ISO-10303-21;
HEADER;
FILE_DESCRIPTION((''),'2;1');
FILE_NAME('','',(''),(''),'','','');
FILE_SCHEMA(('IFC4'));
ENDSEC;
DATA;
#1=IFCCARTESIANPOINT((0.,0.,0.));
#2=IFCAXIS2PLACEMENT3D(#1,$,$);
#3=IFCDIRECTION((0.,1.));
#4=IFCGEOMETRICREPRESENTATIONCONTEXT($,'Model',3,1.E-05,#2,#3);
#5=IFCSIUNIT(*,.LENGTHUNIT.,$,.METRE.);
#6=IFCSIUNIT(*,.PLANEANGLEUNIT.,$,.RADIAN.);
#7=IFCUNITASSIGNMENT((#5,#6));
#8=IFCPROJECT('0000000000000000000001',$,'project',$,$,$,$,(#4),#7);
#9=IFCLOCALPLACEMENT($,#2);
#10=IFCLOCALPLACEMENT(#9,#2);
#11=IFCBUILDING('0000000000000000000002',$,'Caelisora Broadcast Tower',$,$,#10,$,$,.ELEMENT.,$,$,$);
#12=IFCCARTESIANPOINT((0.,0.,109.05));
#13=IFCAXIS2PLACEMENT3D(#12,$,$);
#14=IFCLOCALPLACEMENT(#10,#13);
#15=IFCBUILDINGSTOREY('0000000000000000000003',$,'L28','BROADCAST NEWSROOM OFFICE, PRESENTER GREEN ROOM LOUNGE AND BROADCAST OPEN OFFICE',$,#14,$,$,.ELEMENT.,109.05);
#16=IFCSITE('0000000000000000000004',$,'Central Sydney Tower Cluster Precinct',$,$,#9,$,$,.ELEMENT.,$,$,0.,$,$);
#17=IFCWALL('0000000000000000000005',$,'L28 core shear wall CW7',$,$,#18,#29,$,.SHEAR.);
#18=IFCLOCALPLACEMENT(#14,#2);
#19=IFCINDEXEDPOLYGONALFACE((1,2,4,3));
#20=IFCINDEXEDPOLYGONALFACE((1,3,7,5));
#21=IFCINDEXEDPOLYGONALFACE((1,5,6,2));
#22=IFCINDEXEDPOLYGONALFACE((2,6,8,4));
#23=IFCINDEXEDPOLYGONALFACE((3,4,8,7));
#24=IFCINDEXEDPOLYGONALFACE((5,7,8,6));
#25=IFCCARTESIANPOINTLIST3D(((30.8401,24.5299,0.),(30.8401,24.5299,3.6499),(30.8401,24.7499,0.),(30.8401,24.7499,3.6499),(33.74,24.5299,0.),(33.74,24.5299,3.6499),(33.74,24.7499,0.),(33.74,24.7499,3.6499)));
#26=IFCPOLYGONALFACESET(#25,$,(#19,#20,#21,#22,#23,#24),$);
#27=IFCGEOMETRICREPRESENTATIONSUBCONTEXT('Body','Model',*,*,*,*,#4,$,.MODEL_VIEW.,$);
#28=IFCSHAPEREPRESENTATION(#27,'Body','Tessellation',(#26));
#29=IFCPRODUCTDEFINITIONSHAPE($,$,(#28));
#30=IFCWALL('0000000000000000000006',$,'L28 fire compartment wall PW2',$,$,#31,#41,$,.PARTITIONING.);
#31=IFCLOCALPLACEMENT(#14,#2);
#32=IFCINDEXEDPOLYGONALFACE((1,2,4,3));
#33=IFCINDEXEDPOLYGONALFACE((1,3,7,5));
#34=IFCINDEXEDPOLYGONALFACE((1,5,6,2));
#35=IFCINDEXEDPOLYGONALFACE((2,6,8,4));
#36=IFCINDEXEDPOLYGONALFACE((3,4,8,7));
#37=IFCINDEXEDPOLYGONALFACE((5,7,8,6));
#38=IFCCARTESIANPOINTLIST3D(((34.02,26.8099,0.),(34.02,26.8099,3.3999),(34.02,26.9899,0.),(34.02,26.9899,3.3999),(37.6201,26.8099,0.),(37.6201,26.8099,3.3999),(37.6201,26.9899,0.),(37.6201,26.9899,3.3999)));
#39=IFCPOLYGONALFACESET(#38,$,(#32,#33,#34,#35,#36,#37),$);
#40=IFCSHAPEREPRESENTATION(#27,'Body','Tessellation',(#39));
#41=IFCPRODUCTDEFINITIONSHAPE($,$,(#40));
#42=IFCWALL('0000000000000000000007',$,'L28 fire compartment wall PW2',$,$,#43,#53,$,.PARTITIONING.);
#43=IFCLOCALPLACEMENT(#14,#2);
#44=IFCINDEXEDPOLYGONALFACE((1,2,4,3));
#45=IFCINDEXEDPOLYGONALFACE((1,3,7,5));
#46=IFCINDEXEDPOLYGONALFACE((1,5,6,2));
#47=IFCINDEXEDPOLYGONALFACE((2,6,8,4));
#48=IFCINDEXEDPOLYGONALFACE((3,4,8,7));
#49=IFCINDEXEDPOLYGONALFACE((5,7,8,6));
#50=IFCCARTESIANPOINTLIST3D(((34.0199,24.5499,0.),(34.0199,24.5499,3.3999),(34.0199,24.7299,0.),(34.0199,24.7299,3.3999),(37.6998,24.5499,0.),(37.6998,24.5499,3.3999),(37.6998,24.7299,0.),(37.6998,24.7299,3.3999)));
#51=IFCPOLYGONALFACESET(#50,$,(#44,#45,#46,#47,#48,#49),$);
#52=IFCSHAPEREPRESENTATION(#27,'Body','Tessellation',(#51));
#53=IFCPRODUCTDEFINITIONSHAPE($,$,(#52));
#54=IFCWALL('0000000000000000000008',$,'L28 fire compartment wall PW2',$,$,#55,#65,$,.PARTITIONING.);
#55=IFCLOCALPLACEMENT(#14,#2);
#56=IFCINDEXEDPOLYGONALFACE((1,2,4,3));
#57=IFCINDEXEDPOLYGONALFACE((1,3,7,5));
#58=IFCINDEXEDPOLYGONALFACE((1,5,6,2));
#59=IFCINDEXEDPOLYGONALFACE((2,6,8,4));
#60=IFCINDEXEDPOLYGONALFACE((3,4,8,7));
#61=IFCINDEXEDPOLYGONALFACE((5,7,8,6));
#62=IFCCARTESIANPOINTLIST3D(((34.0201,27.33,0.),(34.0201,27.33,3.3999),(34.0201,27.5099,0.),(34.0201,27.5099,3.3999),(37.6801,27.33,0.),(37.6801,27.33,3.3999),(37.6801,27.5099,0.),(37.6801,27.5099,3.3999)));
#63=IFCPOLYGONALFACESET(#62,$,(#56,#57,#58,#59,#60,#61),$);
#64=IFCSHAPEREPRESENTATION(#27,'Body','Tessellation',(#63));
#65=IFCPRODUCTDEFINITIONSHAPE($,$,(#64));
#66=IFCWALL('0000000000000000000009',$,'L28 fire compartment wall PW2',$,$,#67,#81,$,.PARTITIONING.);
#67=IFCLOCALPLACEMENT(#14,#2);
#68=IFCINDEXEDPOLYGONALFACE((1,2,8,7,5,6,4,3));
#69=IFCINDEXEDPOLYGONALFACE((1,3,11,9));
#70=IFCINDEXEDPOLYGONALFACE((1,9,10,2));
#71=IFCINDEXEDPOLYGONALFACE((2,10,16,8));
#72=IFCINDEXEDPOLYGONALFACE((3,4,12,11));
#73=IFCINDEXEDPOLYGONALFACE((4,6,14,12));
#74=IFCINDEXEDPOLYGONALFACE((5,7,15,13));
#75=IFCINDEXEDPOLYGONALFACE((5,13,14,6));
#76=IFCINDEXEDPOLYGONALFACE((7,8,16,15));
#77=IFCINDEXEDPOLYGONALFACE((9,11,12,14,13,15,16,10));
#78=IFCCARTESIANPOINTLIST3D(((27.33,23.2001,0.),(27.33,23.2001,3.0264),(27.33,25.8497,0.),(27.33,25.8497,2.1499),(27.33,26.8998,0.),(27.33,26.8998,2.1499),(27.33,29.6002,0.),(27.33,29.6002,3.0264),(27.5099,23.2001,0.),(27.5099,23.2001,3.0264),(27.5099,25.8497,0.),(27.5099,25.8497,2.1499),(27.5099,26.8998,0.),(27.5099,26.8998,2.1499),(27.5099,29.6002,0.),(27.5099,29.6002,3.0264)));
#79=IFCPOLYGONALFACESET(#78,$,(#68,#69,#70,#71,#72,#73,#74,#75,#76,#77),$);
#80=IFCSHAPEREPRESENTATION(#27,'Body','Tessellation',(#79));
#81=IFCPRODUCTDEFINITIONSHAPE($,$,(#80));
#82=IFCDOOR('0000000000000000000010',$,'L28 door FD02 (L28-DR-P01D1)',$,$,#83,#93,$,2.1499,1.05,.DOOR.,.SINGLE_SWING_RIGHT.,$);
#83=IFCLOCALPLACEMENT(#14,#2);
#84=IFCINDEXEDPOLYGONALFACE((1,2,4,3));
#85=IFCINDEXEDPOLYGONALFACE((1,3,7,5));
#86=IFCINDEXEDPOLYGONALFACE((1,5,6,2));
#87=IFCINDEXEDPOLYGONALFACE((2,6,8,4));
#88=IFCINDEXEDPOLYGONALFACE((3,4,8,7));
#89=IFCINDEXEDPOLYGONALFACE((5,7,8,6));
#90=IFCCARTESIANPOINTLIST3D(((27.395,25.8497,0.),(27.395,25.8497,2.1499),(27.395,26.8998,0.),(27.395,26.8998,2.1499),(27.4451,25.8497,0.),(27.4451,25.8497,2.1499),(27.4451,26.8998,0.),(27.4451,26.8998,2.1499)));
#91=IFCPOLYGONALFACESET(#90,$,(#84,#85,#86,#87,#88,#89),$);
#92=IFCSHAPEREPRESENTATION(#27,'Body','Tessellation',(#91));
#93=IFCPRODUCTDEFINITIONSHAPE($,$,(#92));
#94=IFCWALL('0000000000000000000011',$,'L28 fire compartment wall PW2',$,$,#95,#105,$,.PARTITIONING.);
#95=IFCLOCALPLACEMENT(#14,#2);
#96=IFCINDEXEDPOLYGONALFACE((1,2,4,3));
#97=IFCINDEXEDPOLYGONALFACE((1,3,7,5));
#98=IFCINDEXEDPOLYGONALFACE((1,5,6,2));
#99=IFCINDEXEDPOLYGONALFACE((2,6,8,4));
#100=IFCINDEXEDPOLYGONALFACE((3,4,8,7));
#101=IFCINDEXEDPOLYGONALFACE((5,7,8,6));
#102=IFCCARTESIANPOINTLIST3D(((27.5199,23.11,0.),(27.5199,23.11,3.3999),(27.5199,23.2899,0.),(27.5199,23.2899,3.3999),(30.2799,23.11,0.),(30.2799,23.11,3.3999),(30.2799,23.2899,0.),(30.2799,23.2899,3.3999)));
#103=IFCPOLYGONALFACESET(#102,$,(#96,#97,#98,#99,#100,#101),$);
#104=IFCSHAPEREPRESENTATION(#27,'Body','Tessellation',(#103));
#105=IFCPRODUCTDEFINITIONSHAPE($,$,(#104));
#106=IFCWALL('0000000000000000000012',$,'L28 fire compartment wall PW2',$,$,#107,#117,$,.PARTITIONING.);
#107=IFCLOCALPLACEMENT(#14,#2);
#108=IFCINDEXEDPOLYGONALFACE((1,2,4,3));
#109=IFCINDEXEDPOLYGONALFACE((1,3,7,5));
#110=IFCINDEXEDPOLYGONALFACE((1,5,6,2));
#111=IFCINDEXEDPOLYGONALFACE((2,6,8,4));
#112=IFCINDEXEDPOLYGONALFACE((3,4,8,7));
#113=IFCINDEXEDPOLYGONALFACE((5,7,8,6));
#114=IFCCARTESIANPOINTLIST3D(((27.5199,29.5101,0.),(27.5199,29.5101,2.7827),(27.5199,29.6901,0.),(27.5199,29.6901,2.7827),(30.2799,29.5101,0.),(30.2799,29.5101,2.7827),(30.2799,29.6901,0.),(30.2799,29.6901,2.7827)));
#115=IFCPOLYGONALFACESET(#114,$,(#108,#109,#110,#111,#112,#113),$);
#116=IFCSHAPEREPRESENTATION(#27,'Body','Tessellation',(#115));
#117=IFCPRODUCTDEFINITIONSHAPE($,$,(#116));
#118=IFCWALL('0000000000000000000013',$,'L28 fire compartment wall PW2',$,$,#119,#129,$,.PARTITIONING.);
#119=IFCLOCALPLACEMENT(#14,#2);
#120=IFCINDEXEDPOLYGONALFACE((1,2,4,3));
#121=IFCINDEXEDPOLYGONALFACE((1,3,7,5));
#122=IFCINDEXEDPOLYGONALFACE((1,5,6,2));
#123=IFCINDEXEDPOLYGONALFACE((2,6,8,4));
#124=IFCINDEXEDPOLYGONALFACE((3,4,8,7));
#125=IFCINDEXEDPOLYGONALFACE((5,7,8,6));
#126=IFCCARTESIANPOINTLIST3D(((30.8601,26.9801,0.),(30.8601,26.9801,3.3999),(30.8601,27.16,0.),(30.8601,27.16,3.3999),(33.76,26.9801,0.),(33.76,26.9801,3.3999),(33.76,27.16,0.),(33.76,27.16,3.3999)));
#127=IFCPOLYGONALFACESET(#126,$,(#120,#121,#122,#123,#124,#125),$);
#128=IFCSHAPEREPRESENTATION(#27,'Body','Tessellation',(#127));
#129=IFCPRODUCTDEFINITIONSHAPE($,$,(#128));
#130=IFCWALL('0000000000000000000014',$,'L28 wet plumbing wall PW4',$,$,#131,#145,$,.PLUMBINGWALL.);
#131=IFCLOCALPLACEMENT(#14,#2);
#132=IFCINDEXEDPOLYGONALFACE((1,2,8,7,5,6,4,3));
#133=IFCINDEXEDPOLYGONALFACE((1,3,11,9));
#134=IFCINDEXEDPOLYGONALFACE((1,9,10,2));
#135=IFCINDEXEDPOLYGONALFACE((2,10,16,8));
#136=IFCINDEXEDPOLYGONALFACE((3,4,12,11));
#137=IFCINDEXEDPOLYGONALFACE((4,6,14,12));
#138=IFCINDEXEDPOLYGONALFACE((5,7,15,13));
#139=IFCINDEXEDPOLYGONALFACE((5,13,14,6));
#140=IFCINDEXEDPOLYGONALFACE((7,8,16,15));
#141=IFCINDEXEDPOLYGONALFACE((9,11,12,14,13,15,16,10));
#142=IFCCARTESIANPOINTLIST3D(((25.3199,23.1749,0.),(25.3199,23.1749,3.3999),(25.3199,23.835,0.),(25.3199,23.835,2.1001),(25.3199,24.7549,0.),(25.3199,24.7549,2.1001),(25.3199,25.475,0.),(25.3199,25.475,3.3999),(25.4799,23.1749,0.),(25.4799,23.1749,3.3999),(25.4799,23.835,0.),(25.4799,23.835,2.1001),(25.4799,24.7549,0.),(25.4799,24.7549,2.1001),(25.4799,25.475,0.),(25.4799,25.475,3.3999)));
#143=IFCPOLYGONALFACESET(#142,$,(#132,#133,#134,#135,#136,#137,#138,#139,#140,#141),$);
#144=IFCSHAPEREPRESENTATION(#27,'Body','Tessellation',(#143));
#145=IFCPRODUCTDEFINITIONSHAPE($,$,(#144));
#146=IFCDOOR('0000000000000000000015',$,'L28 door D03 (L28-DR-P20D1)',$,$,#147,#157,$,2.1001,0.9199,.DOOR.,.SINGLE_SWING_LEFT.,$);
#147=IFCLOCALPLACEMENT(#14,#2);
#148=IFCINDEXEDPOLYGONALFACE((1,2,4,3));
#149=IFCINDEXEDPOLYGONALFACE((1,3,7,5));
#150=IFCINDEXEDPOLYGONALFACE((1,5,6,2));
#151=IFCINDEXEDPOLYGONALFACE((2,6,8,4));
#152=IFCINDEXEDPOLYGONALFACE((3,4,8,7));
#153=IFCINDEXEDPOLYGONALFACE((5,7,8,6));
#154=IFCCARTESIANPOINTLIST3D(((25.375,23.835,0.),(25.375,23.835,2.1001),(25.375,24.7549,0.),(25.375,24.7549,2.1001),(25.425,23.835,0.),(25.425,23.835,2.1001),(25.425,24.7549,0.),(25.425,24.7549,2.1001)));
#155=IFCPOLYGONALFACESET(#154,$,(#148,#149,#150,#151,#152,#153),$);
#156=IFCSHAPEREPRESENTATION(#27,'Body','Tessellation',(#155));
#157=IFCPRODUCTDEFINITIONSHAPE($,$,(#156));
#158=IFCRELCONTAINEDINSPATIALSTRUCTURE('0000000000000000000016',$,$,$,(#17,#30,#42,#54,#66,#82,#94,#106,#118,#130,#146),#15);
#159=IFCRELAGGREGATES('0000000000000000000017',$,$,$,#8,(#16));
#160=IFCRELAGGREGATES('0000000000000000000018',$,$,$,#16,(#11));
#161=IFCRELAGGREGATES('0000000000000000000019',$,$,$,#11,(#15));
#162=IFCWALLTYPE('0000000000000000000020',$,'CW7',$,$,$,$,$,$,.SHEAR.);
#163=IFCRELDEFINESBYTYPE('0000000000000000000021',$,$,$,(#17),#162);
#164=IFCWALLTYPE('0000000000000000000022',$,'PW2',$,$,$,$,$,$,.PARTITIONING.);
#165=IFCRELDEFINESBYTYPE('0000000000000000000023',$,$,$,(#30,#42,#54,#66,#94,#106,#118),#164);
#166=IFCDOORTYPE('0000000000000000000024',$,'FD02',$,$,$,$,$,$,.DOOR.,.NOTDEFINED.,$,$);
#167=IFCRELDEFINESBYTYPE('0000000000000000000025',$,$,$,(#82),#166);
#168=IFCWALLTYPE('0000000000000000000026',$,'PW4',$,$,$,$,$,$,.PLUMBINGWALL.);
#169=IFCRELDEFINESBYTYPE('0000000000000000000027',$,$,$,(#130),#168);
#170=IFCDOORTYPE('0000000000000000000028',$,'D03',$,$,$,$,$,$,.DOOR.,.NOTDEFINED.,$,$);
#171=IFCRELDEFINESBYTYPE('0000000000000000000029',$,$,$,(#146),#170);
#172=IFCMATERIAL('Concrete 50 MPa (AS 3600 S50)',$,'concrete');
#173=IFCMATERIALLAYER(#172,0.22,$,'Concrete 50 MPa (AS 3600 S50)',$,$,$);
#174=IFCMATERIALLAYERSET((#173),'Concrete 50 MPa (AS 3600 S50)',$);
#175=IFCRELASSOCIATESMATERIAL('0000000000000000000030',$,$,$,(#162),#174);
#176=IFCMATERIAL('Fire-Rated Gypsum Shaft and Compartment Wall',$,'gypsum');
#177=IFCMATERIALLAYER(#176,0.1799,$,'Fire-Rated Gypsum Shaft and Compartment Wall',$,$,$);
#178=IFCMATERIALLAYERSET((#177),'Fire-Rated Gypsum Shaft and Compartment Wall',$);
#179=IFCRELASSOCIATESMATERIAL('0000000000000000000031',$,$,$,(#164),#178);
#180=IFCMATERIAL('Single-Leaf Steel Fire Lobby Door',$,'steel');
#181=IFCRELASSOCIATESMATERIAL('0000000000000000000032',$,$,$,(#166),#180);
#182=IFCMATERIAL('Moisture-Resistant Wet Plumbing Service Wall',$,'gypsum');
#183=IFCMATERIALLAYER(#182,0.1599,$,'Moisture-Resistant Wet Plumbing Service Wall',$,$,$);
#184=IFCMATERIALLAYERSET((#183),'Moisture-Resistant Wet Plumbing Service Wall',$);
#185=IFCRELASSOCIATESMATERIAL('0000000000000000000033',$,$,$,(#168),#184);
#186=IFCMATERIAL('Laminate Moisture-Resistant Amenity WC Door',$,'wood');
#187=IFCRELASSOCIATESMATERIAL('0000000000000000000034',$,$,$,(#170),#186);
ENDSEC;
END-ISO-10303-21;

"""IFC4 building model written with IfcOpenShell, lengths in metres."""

from ifc_helpers import new_model, si_unit, direction, frame, frame_2d, origin, place, context, subcontext, project, spatial, rectangle, extrude, material, layer, layer_set, type_object, element, fill, save


model = new_model("IFC4")

# Units and contexts
model_context = context("Model", 3, precision=1e-05, world=origin(), true_north=direction((0.0, 1.0)))
body_context = subcontext(model_context, "Body", "Model", "MODEL_VIEW")
ifc_project = project(units=[si_unit("LENGTHUNIT", "METRE"), si_unit("PLANEANGLEUNIT", "RADIAN")], contexts=[model_context])

# Site, building, storey
site_placement = place(None, origin())
site = spatial("IfcSite", under=ifc_project, at=site_placement, Name="Central Sydney Tower Cluster Precinct", CompositionType="ELEMENT", RefElevation=0.0)
building_placement = place(site_placement, origin())
building = spatial("IfcBuilding", under=site, at=building_placement, Name="Caelisora Broadcast Tower", CompositionType="ELEMENT")
storey_placement = place(building_placement, frame((0.0, 0.0, 109.05)))
storey = spatial("IfcBuildingStorey", under=building, at=storey_placement, Name="L28", Description="BROADCAST NEWSROOM OFFICE, PRESENTER GREEN ROOM LOUNGE AND BROADCAST OPEN OFFICE", CompositionType="ELEMENT", Elevation=109.05)

# Walls
ifc_material_1 = material(Name="Concrete 50 MPa (AS 3600 S50)", Category="concrete")
ifc_layer_1 = layer(ifc_material_1, 0.22, Name="Concrete 50 MPa (AS 3600 S50)")
ifc_layer_set_1 = layer_set([ifc_layer_1], Name="Concrete 50 MPa (AS 3600 S50)")
wall_type_1 = type_object("IfcWallType", Name="CW7", PredefinedType="SHEAR", material=ifc_layer_set_1)
wall_1_placement = place(storey_placement, frame((30.8401, 24.6399, 0.0), z_axis=(0.0, 0.0, 1.0), x_axis=(1.0, 0.0, 0.0)))
element("IfcWall", 1, at=wall_1_placement, inside=storey, type_object=wall_type_1, Name="L28 core shear wall CW7", PredefinedType="SHEAR", context=body_context, shape_type="SweptSolid", body=[
    extrude(rectangle(XDim=2.8999, YDim=0.22, at=frame_2d((1.45, 0.0))), origin(), (0.0, 0.0, 1.0), 3.6499),
])
ifc_material_2 = material(Name="Fire-Rated Gypsum Shaft and Compartment Wall", Category="gypsum")
ifc_layer_2 = layer(ifc_material_2, 0.1799, Name="Fire-Rated Gypsum Shaft and Compartment Wall")
ifc_layer_set_2 = layer_set([ifc_layer_2], Name="Fire-Rated Gypsum Shaft and Compartment Wall")
wall_type_2 = type_object("IfcWallType", Name="PW2", PredefinedType="PARTITIONING", material=ifc_layer_set_2)
wall_2_placement = place(storey_placement, frame((34.02, 26.8999, 0.0), z_axis=(0.0, 0.0, 1.0), x_axis=(1.0, 0.0, 0.0)))
element("IfcWall", 2, at=wall_2_placement, inside=storey, type_object=wall_type_2, Name="L28 fire compartment wall PW2", PredefinedType="PARTITIONING", context=body_context, shape_type="SweptSolid", body=[
    extrude(rectangle(XDim=3.6001, YDim=0.1799, at=frame_2d((1.8, 0.0))), origin(), (0.0, 0.0, 1.0), 3.3999),
])
wall_3_placement = place(storey_placement, frame((34.02, 24.6399, 0.0), z_axis=(0.0, 0.0, 1.0), x_axis=(1.0, 0.0, 0.0)))
element("IfcWall", 3, at=wall_3_placement, inside=storey, type_object=wall_type_2, Name="L28 fire compartment wall PW2", PredefinedType="PARTITIONING", context=body_context, shape_type="SweptSolid", body=[
    extrude(rectangle(XDim=3.6799, YDim=0.1799, at=frame_2d((1.8398, 0.0))), origin(), (0.0, 0.0, 1.0), 3.3999),
])
wall_4_placement = place(storey_placement, frame((34.02, 27.4199, 0.0), z_axis=(0.0, 0.0, 1.0), x_axis=(1.0, 0.0, 0.0)))
element("IfcWall", 4, at=wall_4_placement, inside=storey, type_object=wall_type_2, Name="L28 fire compartment wall PW2", PredefinedType="PARTITIONING", context=body_context, shape_type="SweptSolid", body=[
    extrude(rectangle(XDim=3.6599, YDim=0.1799, at=frame_2d((1.8301, 0.0))), origin(), (0.0, 0.0, 1.0), 3.3999),
])

# Wall, opening, door
wall_5_placement = place(storey_placement, frame((27.4199, 23.2, 0.0), z_axis=(0.0, 0.0, 1.0), x_axis=(0.0, 1.0, 0.0)))
wall_5 = element("IfcWall", 5, at=wall_5_placement, inside=storey, type_object=wall_type_2, Name="L28 fire compartment wall PW2", PredefinedType="PARTITIONING", context=body_context, shape_type="SweptSolid", body=[
    extrude(rectangle(XDim=6.4001, YDim=0.1799, at=frame_2d((3.2002, 0.0))), origin(), (0.0, 0.0, 1.0), 3.0264),
])
opening_1_placement = place(wall_5_placement, frame((2.6499, 0.0, 0.0)))
opening_1 = element("IfcOpeningElement", 6, at=opening_1_placement, cuts=wall_5, PredefinedType="OPENING", context=body_context, shape_type="SweptSolid", body=[
    extrude(rectangle(XDim=1.05, YDim=2.1499, at=frame_2d((0.5249, 1.075))), frame((0.0, 0.1021, 0.0), z_axis=(0.0, -1.0, 0.0), x_axis=(1.0, 0.0, 0.0)), (0.0, 0.0, 1.0), 0.2039),
])
ifc_material_3 = material(Name="Single-Leaf Steel Fire Lobby Door", Category="steel")
door_type_1 = type_object("IfcDoorType", Name="FD02", OperationType="NOTDEFINED", PredefinedType="DOOR", material=ifc_material_3)
door_1_placement = place(opening_1_placement, origin())
door_1 = element("IfcDoor", 7, at=door_1_placement, inside=storey, type_object=door_type_1, Name="L28 door FD02 (L28-DR-P01D1)", OperationType="SINGLE_SWING_RIGHT", OverallHeight=2.1499, OverallWidth=1.05, PredefinedType="DOOR", context=body_context, shape_type="SweptSolid", body=[
    extrude(rectangle(XDim=1.05, YDim=2.1499, at=frame_2d((0.5249, 1.075))), frame((0.0, 0.0249, 0.0), z_axis=(0.0, -1.0, 0.0), x_axis=(1.0, 0.0, 0.0)), (0.0, 0.0, 1.0), 0.05),
])
fill(opening_1, door_1)

# Walls
wall_6_placement = place(storey_placement, frame((27.52, 23.2, 0.0), z_axis=(0.0, 0.0, 1.0), x_axis=(1.0, 0.0, 0.0)))
element("IfcWall", 8, at=wall_6_placement, inside=storey, type_object=wall_type_2, Name="L28 fire compartment wall PW2", PredefinedType="PARTITIONING", context=body_context, shape_type="SweptSolid", body=[
    extrude(rectangle(XDim=2.76, YDim=0.1799, at=frame_2d((1.3799, 0.0))), origin(), (0.0, 0.0, 1.0), 3.3999),
])
wall_7_placement = place(storey_placement, frame((27.52, 29.6001, 0.0), z_axis=(0.0, 0.0, 1.0), x_axis=(1.0, 0.0, 0.0)))
element("IfcWall", 9, at=wall_7_placement, inside=storey, type_object=wall_type_2, Name="L28 fire compartment wall PW2", PredefinedType="PARTITIONING", context=body_context, shape_type="SweptSolid", body=[
    extrude(rectangle(XDim=2.76, YDim=0.1799, at=frame_2d((1.3799, 0.0))), origin(), (0.0, 0.0, 1.0), 2.7827),
])
wall_8_placement = place(storey_placement, frame((30.8601, 27.0701, 0.0), z_axis=(0.0, 0.0, 1.0), x_axis=(1.0, 0.0, 0.0)))
element("IfcWall", 10, at=wall_8_placement, inside=storey, type_object=wall_type_2, Name="L28 fire compartment wall PW2", PredefinedType="PARTITIONING", context=body_context, shape_type="SweptSolid", body=[
    extrude(rectangle(XDim=2.8999, YDim=0.1799, at=frame_2d((1.45, 0.0))), origin(), (0.0, 0.0, 1.0), 3.3999),
])

# Wall, opening, door
ifc_material_4 = material(Name="Moisture-Resistant Wet Plumbing Service Wall", Category="gypsum")
ifc_layer_3 = layer(ifc_material_4, 0.1599, Name="Moisture-Resistant Wet Plumbing Service Wall")
ifc_layer_set_3 = layer_set([ifc_layer_3], Name="Moisture-Resistant Wet Plumbing Service Wall")
wall_type_3 = type_object("IfcWallType", Name="PW4", PredefinedType="PLUMBINGWALL", material=ifc_layer_set_3)
wall_9_placement = place(storey_placement, frame((25.3999, 23.175, 0.0), z_axis=(0.0, 0.0, 1.0), x_axis=(0.0, 1.0, 0.0)))
wall_9 = element("IfcWall", 11, at=wall_9_placement, inside=storey, type_object=wall_type_3, Name="L28 wet plumbing wall PW4", PredefinedType="PLUMBINGWALL", context=body_context, shape_type="SweptSolid", body=[
    extrude(rectangle(XDim=2.3, YDim=0.1599, at=frame_2d((1.1499, 0.0))), origin(), (0.0, 0.0, 1.0), 3.3999),
])
opening_2_placement = place(wall_9_placement, frame((0.6599, 0.0, 0.0)))
opening_2 = element("IfcOpeningElement", 12, at=opening_2_placement, cuts=wall_9, PredefinedType="OPENING", context=body_context, shape_type="SweptSolid", body=[
    extrude(rectangle(XDim=0.9199, YDim=2.1001, at=frame_2d((0.46, 1.05))), frame((0.0, 0.092, 0.0), z_axis=(0.0, -1.0, 0.0), x_axis=(1.0, 0.0, 0.0)), (0.0, 0.0, 1.0), 0.1838),
])
ifc_material_5 = material(Name="Laminate Moisture-Resistant Amenity WC Door", Category="wood")
door_type_2 = type_object("IfcDoorType", Name="D03", OperationType="NOTDEFINED", PredefinedType="DOOR", material=ifc_material_5)
door_2_placement = place(opening_2_placement, origin())
door_2 = element("IfcDoor", 13, at=door_2_placement, inside=storey, type_object=door_type_2, Name="L28 door D03 (L28-DR-P20D1)", OperationType="SINGLE_SWING_LEFT", OverallHeight=2.1001, OverallWidth=0.9199, PredefinedType="DOOR", context=body_context, shape_type="SweptSolid", body=[
    extrude(rectangle(XDim=0.9199, YDim=2.1001, at=frame_2d((0.46, 1.05))), frame((0.0, 0.0249, 0.0), z_axis=(0.0, -1.0, 0.0), x_axis=(1.0, 0.0, 0.0)), (0.0, 0.0, 1.0), 0.05),
])
fill(opening_2, door_2)

save(model, "model.ifc")
